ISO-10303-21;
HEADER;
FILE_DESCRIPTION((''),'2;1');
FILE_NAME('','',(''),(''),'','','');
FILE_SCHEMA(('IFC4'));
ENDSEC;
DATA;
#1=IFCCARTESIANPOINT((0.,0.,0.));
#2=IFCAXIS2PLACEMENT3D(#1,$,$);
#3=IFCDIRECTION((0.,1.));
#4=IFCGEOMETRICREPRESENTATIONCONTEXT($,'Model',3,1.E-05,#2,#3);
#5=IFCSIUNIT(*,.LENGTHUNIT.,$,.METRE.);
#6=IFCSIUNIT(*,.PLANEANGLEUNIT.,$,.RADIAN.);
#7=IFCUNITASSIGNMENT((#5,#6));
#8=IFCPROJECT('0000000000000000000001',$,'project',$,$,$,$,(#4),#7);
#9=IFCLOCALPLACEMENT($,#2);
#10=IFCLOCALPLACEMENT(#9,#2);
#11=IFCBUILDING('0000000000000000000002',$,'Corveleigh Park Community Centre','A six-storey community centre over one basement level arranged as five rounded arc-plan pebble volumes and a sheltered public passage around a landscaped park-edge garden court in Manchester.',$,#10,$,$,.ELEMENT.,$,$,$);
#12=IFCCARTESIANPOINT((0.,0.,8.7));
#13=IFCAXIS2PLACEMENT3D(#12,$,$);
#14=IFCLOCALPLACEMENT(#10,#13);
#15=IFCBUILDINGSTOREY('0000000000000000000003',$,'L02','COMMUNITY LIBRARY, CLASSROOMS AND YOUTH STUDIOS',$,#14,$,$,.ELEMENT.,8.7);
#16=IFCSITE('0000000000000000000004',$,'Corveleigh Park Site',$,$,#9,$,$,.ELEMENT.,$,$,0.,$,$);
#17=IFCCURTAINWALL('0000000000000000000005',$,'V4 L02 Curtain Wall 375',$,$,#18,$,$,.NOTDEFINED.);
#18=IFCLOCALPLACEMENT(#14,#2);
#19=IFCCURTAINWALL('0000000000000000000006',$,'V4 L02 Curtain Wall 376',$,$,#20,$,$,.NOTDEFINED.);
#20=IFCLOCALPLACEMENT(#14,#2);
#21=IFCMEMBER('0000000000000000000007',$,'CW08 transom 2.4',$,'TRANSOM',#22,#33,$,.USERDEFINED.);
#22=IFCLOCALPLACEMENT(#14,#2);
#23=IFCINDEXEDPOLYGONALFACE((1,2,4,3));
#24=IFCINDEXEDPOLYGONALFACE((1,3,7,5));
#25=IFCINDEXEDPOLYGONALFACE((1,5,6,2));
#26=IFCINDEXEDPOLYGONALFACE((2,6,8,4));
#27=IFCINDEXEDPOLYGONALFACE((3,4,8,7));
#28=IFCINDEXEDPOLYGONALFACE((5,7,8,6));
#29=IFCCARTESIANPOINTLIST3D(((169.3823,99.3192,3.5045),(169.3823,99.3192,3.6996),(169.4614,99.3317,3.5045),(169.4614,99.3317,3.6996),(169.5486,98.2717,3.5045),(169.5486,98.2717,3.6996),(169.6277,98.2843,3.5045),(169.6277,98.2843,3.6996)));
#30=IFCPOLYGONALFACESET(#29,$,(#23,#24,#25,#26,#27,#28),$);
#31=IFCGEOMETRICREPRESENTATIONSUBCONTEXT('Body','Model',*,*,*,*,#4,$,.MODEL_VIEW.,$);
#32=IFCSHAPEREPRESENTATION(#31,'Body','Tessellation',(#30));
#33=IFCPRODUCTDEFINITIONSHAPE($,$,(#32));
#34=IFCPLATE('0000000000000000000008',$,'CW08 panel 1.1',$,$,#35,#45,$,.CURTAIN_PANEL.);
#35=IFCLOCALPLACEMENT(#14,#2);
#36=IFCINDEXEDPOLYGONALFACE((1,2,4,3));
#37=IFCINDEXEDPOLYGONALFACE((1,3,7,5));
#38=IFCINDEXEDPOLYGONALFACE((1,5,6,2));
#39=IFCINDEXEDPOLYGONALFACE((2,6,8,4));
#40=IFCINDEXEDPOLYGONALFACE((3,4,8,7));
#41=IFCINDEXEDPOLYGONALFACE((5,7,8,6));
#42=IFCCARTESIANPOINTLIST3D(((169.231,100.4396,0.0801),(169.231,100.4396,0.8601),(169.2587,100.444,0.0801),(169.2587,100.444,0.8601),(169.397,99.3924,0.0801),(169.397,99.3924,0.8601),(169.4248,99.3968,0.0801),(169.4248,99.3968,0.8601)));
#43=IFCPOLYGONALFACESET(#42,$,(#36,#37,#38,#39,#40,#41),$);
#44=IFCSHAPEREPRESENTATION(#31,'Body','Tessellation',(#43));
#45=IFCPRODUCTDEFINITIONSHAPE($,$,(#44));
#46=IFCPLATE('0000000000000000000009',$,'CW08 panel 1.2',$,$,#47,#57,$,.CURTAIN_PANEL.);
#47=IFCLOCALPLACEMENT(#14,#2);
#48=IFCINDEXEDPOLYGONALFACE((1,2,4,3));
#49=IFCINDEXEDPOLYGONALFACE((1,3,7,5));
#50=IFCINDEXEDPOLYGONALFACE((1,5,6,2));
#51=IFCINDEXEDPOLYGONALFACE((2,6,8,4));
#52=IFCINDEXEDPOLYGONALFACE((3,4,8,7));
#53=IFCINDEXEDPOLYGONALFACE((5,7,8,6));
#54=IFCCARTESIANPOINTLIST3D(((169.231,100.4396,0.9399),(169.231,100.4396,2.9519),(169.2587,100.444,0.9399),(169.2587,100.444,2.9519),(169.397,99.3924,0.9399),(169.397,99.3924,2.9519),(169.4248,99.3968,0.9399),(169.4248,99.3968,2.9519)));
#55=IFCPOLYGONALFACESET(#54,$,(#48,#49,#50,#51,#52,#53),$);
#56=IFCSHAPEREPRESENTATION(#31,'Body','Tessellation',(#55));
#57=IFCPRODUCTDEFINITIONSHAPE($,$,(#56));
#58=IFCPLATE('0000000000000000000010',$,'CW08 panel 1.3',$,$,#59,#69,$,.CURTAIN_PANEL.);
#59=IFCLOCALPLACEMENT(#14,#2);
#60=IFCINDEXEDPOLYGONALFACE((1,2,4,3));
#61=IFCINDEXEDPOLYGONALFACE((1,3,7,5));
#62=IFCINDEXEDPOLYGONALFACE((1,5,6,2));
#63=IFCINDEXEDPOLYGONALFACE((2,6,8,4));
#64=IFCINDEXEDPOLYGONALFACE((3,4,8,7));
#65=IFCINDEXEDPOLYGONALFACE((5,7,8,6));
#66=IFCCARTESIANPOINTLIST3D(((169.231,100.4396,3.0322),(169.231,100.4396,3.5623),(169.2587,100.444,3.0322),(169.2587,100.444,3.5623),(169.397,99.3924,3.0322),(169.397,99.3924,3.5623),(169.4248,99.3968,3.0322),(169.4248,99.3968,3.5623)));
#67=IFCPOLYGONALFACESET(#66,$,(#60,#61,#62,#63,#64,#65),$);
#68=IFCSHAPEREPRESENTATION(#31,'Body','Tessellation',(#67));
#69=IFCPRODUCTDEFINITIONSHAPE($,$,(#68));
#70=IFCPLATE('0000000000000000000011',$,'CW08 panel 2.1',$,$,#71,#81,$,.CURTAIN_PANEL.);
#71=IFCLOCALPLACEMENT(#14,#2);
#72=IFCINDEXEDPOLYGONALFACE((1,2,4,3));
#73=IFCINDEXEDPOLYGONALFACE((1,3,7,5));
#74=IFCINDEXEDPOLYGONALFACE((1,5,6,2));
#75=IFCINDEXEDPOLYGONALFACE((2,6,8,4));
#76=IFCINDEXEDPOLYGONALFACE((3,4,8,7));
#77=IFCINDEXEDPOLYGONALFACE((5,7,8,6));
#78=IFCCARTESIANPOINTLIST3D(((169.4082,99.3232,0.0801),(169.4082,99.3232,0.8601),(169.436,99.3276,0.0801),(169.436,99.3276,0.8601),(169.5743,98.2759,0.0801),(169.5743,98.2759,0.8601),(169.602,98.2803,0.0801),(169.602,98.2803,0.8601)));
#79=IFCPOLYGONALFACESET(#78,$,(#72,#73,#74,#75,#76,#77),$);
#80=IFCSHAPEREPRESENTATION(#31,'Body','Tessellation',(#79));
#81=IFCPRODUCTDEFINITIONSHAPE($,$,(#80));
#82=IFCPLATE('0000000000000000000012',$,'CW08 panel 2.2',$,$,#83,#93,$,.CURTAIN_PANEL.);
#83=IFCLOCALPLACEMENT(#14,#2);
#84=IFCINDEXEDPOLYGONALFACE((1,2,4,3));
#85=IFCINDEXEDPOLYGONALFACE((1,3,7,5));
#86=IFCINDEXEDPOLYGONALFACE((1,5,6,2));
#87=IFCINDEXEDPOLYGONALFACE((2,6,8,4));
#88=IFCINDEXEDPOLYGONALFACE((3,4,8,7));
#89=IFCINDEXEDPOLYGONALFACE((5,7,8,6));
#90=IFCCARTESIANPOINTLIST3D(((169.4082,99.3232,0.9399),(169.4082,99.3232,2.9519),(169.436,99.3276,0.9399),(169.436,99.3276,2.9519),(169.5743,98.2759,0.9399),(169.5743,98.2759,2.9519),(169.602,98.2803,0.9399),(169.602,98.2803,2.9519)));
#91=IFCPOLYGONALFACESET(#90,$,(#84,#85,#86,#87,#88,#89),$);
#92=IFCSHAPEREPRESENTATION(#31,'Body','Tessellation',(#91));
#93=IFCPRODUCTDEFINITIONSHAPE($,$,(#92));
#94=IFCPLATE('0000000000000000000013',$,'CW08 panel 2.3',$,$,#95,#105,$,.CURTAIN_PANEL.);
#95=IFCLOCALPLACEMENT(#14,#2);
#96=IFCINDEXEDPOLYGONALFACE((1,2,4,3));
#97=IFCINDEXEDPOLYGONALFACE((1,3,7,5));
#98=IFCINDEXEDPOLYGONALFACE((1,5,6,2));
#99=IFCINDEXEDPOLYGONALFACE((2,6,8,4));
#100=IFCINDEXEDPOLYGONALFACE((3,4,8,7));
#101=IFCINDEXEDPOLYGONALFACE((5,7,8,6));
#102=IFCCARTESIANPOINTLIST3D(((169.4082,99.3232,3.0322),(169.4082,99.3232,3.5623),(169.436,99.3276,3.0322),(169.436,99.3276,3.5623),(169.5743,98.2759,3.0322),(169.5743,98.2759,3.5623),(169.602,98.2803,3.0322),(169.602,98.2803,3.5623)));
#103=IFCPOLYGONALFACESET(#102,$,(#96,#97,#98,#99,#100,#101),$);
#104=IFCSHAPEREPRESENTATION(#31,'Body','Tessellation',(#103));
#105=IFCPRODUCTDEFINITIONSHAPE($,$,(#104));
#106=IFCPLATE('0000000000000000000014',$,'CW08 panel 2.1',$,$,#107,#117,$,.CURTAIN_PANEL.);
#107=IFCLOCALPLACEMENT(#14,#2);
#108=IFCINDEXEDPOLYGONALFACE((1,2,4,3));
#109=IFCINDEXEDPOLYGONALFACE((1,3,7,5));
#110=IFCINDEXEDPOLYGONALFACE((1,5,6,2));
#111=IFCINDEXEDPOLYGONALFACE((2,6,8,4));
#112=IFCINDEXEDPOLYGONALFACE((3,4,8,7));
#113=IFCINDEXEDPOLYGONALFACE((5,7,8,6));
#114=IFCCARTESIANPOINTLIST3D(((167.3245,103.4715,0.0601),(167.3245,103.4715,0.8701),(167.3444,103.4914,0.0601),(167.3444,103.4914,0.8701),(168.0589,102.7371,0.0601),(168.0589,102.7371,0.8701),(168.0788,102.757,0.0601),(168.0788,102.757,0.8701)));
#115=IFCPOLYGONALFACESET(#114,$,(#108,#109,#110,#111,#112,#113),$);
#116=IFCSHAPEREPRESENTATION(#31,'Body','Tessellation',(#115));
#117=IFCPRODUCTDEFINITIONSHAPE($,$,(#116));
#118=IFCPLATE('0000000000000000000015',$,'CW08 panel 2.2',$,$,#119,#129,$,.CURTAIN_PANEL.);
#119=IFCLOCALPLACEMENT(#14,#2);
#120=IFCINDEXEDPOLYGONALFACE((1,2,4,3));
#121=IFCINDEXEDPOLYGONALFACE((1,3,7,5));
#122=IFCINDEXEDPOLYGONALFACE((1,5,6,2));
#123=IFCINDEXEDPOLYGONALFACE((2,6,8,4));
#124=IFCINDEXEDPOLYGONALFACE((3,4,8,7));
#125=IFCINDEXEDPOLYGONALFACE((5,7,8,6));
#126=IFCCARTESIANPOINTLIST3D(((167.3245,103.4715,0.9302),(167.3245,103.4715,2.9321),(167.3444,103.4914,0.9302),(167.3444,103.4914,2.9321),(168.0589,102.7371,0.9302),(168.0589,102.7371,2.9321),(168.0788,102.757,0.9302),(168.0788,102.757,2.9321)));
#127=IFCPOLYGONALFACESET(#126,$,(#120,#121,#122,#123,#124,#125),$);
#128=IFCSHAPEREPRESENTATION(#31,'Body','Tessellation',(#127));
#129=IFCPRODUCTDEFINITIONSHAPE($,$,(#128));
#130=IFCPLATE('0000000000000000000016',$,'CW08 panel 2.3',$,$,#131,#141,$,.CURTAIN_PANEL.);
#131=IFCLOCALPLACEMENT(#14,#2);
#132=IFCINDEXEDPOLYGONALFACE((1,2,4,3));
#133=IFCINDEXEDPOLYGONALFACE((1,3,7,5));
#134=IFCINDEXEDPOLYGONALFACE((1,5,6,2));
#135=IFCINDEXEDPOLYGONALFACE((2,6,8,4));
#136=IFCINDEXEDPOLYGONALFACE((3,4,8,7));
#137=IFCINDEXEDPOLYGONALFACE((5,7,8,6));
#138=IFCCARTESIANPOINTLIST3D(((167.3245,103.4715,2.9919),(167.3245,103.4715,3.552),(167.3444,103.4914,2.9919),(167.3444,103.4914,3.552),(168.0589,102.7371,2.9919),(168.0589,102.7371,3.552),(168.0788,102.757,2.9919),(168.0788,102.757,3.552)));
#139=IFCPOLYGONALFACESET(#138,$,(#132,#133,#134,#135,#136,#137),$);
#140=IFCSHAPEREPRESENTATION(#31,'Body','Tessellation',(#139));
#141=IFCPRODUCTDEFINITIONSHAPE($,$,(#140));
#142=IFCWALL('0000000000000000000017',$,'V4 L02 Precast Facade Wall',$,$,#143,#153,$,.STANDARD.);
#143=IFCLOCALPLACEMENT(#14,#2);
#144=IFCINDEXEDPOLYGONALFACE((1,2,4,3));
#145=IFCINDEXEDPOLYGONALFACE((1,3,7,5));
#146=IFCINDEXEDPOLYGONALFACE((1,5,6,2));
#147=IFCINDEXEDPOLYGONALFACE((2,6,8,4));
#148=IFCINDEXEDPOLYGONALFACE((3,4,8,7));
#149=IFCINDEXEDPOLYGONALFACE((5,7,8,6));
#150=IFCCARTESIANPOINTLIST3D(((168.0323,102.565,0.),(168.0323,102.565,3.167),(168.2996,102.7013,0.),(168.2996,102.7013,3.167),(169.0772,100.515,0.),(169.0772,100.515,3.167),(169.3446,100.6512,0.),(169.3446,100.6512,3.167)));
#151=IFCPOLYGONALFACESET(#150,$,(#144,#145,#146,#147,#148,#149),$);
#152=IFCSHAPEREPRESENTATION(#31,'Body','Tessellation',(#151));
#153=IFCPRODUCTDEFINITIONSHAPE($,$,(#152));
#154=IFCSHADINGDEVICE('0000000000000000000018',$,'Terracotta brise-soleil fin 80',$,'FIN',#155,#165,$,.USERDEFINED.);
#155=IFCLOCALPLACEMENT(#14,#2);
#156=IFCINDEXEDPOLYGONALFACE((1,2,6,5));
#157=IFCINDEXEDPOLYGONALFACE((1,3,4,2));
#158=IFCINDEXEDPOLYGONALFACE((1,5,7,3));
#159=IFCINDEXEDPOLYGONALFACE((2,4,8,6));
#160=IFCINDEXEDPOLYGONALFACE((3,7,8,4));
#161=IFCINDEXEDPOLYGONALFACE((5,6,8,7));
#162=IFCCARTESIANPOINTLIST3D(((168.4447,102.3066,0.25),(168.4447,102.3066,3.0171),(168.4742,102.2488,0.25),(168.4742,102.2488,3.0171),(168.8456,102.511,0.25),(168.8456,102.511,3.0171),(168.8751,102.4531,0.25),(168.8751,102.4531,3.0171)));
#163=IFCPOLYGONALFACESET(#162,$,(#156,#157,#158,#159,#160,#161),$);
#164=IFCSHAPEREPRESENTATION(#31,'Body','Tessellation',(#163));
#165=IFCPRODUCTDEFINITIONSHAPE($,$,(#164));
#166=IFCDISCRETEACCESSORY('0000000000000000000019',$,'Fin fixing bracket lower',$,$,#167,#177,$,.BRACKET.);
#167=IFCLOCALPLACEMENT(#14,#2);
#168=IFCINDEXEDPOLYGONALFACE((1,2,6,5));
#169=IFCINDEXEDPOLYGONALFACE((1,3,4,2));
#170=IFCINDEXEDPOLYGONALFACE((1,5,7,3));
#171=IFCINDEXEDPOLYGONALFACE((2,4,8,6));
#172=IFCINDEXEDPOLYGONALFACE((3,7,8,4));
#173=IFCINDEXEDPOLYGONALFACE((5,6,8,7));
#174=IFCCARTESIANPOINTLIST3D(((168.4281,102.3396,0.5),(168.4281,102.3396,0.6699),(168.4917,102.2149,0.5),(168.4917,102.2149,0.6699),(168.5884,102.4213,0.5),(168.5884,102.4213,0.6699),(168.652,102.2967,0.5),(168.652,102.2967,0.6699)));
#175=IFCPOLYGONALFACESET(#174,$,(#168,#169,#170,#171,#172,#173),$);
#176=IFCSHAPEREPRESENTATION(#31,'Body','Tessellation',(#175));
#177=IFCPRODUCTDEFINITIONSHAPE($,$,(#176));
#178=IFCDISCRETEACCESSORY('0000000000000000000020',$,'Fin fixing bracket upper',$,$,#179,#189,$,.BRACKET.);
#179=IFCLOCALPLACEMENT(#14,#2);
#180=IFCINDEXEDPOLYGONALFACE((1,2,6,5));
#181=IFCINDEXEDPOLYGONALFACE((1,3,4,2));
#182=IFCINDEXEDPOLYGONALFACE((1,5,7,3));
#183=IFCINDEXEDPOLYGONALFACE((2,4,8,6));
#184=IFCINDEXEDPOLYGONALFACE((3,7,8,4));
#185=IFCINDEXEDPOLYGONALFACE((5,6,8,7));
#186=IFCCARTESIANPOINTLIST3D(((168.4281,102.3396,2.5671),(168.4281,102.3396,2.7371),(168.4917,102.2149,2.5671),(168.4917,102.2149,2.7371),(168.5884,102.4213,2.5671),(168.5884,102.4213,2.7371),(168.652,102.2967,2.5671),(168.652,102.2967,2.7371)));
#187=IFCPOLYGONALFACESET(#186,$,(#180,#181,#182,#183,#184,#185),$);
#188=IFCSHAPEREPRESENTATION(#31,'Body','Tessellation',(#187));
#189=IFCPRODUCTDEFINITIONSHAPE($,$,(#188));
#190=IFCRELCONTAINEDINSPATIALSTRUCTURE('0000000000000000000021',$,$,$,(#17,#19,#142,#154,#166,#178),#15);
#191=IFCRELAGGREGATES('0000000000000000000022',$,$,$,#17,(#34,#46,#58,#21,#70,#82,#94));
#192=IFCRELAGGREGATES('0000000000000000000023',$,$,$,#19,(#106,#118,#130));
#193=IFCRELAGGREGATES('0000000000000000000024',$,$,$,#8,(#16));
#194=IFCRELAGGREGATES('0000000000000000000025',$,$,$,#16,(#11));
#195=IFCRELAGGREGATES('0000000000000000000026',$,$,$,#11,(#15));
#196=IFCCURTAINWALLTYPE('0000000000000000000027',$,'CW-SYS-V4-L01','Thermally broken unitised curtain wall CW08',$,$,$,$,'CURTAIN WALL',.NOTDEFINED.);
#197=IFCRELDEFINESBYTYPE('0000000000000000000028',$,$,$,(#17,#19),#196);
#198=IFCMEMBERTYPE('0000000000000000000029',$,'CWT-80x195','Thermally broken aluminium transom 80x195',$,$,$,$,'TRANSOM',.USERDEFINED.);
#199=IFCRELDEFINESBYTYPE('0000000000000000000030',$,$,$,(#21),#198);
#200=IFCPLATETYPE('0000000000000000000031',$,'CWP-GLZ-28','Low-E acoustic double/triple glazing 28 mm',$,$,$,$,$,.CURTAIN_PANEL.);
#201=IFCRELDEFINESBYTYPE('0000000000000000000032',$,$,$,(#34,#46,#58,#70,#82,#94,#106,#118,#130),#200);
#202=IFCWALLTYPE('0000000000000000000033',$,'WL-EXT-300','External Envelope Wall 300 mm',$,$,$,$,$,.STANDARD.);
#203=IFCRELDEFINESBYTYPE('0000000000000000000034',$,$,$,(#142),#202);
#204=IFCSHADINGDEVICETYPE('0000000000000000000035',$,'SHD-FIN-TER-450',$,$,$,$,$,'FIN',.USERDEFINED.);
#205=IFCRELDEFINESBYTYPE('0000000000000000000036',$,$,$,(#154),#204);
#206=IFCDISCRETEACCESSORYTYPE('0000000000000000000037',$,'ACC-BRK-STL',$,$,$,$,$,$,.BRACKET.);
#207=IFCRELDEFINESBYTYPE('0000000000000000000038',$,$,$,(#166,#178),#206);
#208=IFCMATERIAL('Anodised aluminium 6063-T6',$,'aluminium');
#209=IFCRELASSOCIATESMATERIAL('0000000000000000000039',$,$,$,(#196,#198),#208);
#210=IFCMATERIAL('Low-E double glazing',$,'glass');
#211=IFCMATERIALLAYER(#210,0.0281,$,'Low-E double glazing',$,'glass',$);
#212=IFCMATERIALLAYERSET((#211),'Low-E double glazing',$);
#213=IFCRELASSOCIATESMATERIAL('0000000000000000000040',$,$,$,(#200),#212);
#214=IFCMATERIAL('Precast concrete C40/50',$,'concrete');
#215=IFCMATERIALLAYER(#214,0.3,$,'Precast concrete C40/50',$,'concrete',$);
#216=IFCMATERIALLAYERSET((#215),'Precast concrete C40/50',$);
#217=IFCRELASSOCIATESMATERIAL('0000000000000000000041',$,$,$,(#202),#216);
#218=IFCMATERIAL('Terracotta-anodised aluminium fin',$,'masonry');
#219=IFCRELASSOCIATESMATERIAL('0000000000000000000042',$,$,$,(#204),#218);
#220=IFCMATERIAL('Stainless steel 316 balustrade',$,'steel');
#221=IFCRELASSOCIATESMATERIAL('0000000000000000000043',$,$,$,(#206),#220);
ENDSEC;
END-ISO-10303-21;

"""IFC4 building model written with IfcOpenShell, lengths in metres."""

from ifc_helpers import new_model, si_unit, direction, frame, frame_2d, origin, origin_2d, place, context, subcontext, project, spatial, rectangle, extrude, material, layer, layer_set, material_profile, profile_set, type_object, element, aggregate, save


model = new_model("IFC4")

# Units and contexts
model_context = context("Model", 3, precision=1e-05, world=origin(), true_north=direction((0.0, 1.0)))
body_context = subcontext(model_context, "Body", "Model", "MODEL_VIEW")
ifc_project = project(units=[si_unit("LENGTHUNIT", "METRE"), si_unit("PLANEANGLEUNIT", "RADIAN")], contexts=[model_context])

# Site, building, storey
site_placement = place(None, origin())
site = spatial("IfcSite", under=ifc_project, at=site_placement, Name="Corveleigh Park Site", CompositionType="ELEMENT", RefElevation=0.0)
building_placement = place(site_placement, origin())
building = spatial("IfcBuilding", under=site, at=building_placement, Name="Corveleigh Park Community Centre", Description="A six-storey community centre over one basement level arranged as five rounded arc-plan pebble volumes and a sheltered public passage around a landscaped park-edge garden court in Manchester.", CompositionType="ELEMENT")
storey_placement = place(building_placement, frame((0.0, 0.0, 8.7)))
storey = spatial("IfcBuildingStorey", under=building, at=storey_placement, Name="L02", Description="COMMUNITY LIBRARY, CLASSROOMS AND YOUTH STUDIOS", CompositionType="ELEMENT", Elevation=8.7)

# Curtain walls
ifc_material_1 = material(Name="Anodised aluminium 6063-T6", Category="aluminium")
curtain_wall_type = type_object("IfcCurtainWallType", Name="CW-SYS-V4-L01", Description="Thermally broken unitised curtain wall CW08", ElementType="CURTAIN WALL", PredefinedType="NOTDEFINED", material=ifc_material_1)
curtain_wall_1_placement = place(storey_placement, origin())
curtain_wall_1 = element("IfcCurtainWall", 1, at=curtain_wall_1_placement, inside=storey, type_object=curtain_wall_type, Name="V4 L02 Curtain Wall 375", PredefinedType="NOTDEFINED")
curtain_wall_2_placement = place(storey_placement, origin())
curtain_wall_2 = element("IfcCurtainWall", 2, at=curtain_wall_2_placement, inside=storey, type_object=curtain_wall_type, Name="V4 L02 Curtain Wall 376", PredefinedType="NOTDEFINED")

# Member
ifc_material_profile_1 = material_profile(ifc_material_1, rectangle(XDim=0.0801, YDim=0.1951, at=origin_2d()), Name="ALU-T80x195", Category="aluminium")
ifc_profile_set_1 = profile_set([ifc_material_profile_1], Name="Anodised aluminium 6063-T6")
member_type_1 = type_object("IfcMemberType", Name="CWT-80x195", Description="Thermally broken aluminium transom 80x195", ElementType="TRANSOM", PredefinedType="USERDEFINED", material=ifc_profile_set_1)
member_1_placement = place(storey_placement, frame((169.4219, 99.3254, 3.6021), z_axis=(0.156778, -0.987634, 0.0), x_axis=(0.987634, 0.156778, 0.0)))
member_1 = element("IfcMember", 3, at=member_1_placement, type_object=member_type_1, Name="CW08 transom 2.4", ObjectType="TRANSOM", PredefinedType="USERDEFINED", context=body_context, shape_type="SweptSolid", body=[
    extrude(rectangle(XDim=0.0801, YDim=0.1951, at=origin_2d()), origin(), (0.0, 0.0, 1.0), 1.0605),
])

# Plates
ifc_material_2 = material(Name="Low-E double glazing", Category="glass")
ifc_layer_1 = layer(ifc_material_2, 0.0281, Name="Low-E double glazing", Category="glass")
ifc_layer_set_1 = layer_set([ifc_layer_1], Name="Low-E double glazing")
plate_type = type_object("IfcPlateType", Name="CWP-GLZ-28", Description="Low-E acoustic double/triple glazing 28 mm", PredefinedType="CURTAIN_PANEL", material=ifc_layer_set_1)
plate_1_placement = place(storey_placement, frame((169.3279, 99.9182, 0.0801), z_axis=(0.0, 0.0, 1.0), x_axis=(0.156601, -0.987662, 0.0)))
plate_1 = element("IfcPlate", 4, at=plate_1_placement, type_object=plate_type, Name="CW08 panel 1.1", PredefinedType="CURTAIN_PANEL", context=body_context, shape_type="SweptSolid", body=[
    extrude(rectangle(XDim=1.0603, YDim=0.0281, at=origin_2d()), origin(), (0.0, 0.0, 1.0), 0.78),
])
plate_2_placement = place(storey_placement, frame((169.3279, 99.9182, 0.9399), z_axis=(0.0, 0.0, 1.0), x_axis=(0.156601, -0.987662, 0.0)))
plate_2 = element("IfcPlate", 5, at=plate_2_placement, type_object=plate_type, Name="CW08 panel 1.2", PredefinedType="CURTAIN_PANEL", context=body_context, shape_type="SweptSolid", body=[
    extrude(rectangle(XDim=1.0603, YDim=0.0281, at=origin_2d()), origin(), (0.0, 0.0, 1.0), 2.012),
])
plate_3_placement = place(storey_placement, frame((169.3279, 99.9182, 3.0322), z_axis=(0.0, 0.0, 1.0), x_axis=(0.156601, -0.987662, 0.0)))
plate_3 = element("IfcPlate", 6, at=plate_3_placement, type_object=plate_type, Name="CW08 panel 1.3", PredefinedType="CURTAIN_PANEL", context=body_context, shape_type="SweptSolid", body=[
    extrude(rectangle(XDim=1.0603, YDim=0.0281, at=origin_2d()), origin(), (0.0, 0.0, 1.0), 0.53),
])
plate_4_placement = place(storey_placement, frame((169.5051, 98.8018, 0.0801), z_axis=(0.0, 0.0, 1.0), x_axis=(0.156601, -0.987662, 0.0)))
plate_4 = element("IfcPlate", 7, at=plate_4_placement, type_object=plate_type, Name="CW08 panel 2.1", PredefinedType="CURTAIN_PANEL", context=body_context, shape_type="SweptSolid", body=[
    extrude(rectangle(XDim=1.0603, YDim=0.0281, at=origin_2d()), origin(), (0.0, 0.0, 1.0), 0.78),
])
plate_5_placement = place(storey_placement, frame((169.5051, 98.8018, 0.9399), z_axis=(0.0, 0.0, 1.0), x_axis=(0.156601, -0.987662, 0.0)))
plate_5 = element("IfcPlate", 8, at=plate_5_placement, type_object=plate_type, Name="CW08 panel 2.2", PredefinedType="CURTAIN_PANEL", context=body_context, shape_type="SweptSolid", body=[
    extrude(rectangle(XDim=1.0603, YDim=0.0281, at=origin_2d()), origin(), (0.0, 0.0, 1.0), 2.012),
])
plate_6_placement = place(storey_placement, frame((169.5051, 98.8018, 3.0322), z_axis=(0.0, 0.0, 1.0), x_axis=(0.156601, -0.987662, 0.0)))
plate_6 = element("IfcPlate", 9, at=plate_6_placement, type_object=plate_type, Name="CW08 panel 2.3", PredefinedType="CURTAIN_PANEL", context=body_context, shape_type="SweptSolid", body=[
    extrude(rectangle(XDim=1.0603, YDim=0.0281, at=origin_2d()), origin(), (0.0, 0.0, 1.0), 0.53),
])
aggregate(curtain_wall_1, [plate_1, plate_2, plate_3, member_1, plate_4, plate_5, plate_6])
plate_7_placement = place(storey_placement, frame((167.7017, 103.1143, 0.0601), z_axis=(0.0, 0.0, 1.0), x_axis=(0.707107, -0.707107, 0.0)))
plate_7 = element("IfcPlate", 10, at=plate_7_placement, type_object=plate_type, Name="CW08 panel 2.1", PredefinedType="CURTAIN_PANEL", context=body_context, shape_type="SweptSolid", body=[
    extrude(rectangle(XDim=1.0386, YDim=0.0281, at=origin_2d()), origin(), (0.0, 0.0, 1.0), 0.8101),
])
plate_8_placement = place(storey_placement, frame((167.7017, 103.1143, 0.9302), z_axis=(0.0, 0.0, 1.0), x_axis=(0.707107, -0.707107, 0.0)))
plate_8 = element("IfcPlate", 11, at=plate_8_placement, type_object=plate_type, Name="CW08 panel 2.2", PredefinedType="CURTAIN_PANEL", context=body_context, shape_type="SweptSolid", body=[
    extrude(rectangle(XDim=1.0386, YDim=0.0281, at=origin_2d()), origin(), (0.0, 0.0, 1.0), 2.002),
])
plate_9_placement = place(storey_placement, frame((167.7017, 103.1143, 2.9919), z_axis=(0.0, 0.0, 1.0), x_axis=(0.707107, -0.707107, 0.0)))
plate_9 = element("IfcPlate", 12, at=plate_9_placement, type_object=plate_type, Name="CW08 panel 2.3", PredefinedType="CURTAIN_PANEL", context=body_context, shape_type="SweptSolid", body=[
    extrude(rectangle(XDim=1.0386, YDim=0.0281, at=origin_2d()), origin(), (0.0, 0.0, 1.0), 0.5601),
])
aggregate(curtain_wall_2, [plate_7, plate_8, plate_9])

# Wall
ifc_material_3 = material(Name="Precast concrete C40/50", Category="concrete")
ifc_layer_2 = layer(ifc_material_3, 0.3, Name="Precast concrete C40/50", Category="concrete")
ifc_layer_set_2 = layer_set([ifc_layer_2], Name="Precast concrete C40/50")
wall_type = type_object("IfcWallType", Name="WL-EXT-300", Description="External Envelope Wall 300 mm", PredefinedType="STANDARD", material=ifc_layer_set_2)
wall_placement = place(storey_placement, frame((168.166, 102.6331, 0.0), z_axis=(0.0, 0.0, 1.0), x_axis=(0.454118, -0.890942, 0.0)))
element("IfcWall", 13, at=wall_placement, inside=storey, type_object=wall_type, Name="V4 L02 Precast Facade Wall", PredefinedType="STANDARD", context=body_context, shape_type="SweptSolid", body=[
    extrude(rectangle(XDim=2.301, YDim=0.3, at=frame_2d((1.1504, 0.0))), origin(), (0.0, 0.0, 1.0), 3.167),
])

# Shading device
ifc_material_4 = material(Name="Terracotta-anodised aluminium fin", Category="masonry")
shading_device_type = type_object("IfcShadingDeviceType", Name="SHD-FIN-TER-450", ElementType="FIN", PredefinedType="USERDEFINED", material=ifc_material_4)
shading_device_placement = place(storey_placement, frame((168.6599, 102.3799, 0.25), z_axis=(0.0, 0.0, 1.0), x_axis=(0.890923, 0.454154, 0.0)))
element("IfcShadingDevice", 14, at=shading_device_placement, inside=storey, type_object=shading_device_type, Name="Terracotta brise-soleil fin 80", ObjectType="FIN", PredefinedType="USERDEFINED", context=body_context, shape_type="SweptSolid", body=[
    extrude(rectangle(XDim=0.45, YDim=0.0649, at=origin_2d()), origin(), (0.0, 0.0, 1.0), 2.7671),
])

# Discrete accessories
ifc_material_5 = material(Name="Stainless steel 316 balustrade", Category="steel")
discrete_accessory_type = type_object("IfcDiscreteAccessoryType", Name="ACC-BRK-STL", PredefinedType="BRACKET", material=ifc_material_5)
for number, where, z_axis, x_axis, name in (
    (15, (168.54, 102.3181, 0.5), (0.0, 0.0, 1.0), (0.890923, 0.454154, 0.0), "Fin fixing bracket lower"),
    (16, (168.54, 102.3181, 2.5671), (0.0, 0.0, 1.0), (0.890923, 0.454154, 0.0), "Fin fixing bracket upper"),
):
    element("IfcDiscreteAccessory", number, at=place(storey_placement, frame(where, z_axis=z_axis, x_axis=x_axis)), inside=storey, type_object=discrete_accessory_type, Name=name, PredefinedType="BRACKET", context=body_context, shape_type="SweptSolid", body=[
        extrude(rectangle(XDim=0.1799, YDim=0.1399, at=origin_2d()), origin(), (0.0, 0.0, 1.0), 0.1699),
    ])

save(model, "model.ifc")
